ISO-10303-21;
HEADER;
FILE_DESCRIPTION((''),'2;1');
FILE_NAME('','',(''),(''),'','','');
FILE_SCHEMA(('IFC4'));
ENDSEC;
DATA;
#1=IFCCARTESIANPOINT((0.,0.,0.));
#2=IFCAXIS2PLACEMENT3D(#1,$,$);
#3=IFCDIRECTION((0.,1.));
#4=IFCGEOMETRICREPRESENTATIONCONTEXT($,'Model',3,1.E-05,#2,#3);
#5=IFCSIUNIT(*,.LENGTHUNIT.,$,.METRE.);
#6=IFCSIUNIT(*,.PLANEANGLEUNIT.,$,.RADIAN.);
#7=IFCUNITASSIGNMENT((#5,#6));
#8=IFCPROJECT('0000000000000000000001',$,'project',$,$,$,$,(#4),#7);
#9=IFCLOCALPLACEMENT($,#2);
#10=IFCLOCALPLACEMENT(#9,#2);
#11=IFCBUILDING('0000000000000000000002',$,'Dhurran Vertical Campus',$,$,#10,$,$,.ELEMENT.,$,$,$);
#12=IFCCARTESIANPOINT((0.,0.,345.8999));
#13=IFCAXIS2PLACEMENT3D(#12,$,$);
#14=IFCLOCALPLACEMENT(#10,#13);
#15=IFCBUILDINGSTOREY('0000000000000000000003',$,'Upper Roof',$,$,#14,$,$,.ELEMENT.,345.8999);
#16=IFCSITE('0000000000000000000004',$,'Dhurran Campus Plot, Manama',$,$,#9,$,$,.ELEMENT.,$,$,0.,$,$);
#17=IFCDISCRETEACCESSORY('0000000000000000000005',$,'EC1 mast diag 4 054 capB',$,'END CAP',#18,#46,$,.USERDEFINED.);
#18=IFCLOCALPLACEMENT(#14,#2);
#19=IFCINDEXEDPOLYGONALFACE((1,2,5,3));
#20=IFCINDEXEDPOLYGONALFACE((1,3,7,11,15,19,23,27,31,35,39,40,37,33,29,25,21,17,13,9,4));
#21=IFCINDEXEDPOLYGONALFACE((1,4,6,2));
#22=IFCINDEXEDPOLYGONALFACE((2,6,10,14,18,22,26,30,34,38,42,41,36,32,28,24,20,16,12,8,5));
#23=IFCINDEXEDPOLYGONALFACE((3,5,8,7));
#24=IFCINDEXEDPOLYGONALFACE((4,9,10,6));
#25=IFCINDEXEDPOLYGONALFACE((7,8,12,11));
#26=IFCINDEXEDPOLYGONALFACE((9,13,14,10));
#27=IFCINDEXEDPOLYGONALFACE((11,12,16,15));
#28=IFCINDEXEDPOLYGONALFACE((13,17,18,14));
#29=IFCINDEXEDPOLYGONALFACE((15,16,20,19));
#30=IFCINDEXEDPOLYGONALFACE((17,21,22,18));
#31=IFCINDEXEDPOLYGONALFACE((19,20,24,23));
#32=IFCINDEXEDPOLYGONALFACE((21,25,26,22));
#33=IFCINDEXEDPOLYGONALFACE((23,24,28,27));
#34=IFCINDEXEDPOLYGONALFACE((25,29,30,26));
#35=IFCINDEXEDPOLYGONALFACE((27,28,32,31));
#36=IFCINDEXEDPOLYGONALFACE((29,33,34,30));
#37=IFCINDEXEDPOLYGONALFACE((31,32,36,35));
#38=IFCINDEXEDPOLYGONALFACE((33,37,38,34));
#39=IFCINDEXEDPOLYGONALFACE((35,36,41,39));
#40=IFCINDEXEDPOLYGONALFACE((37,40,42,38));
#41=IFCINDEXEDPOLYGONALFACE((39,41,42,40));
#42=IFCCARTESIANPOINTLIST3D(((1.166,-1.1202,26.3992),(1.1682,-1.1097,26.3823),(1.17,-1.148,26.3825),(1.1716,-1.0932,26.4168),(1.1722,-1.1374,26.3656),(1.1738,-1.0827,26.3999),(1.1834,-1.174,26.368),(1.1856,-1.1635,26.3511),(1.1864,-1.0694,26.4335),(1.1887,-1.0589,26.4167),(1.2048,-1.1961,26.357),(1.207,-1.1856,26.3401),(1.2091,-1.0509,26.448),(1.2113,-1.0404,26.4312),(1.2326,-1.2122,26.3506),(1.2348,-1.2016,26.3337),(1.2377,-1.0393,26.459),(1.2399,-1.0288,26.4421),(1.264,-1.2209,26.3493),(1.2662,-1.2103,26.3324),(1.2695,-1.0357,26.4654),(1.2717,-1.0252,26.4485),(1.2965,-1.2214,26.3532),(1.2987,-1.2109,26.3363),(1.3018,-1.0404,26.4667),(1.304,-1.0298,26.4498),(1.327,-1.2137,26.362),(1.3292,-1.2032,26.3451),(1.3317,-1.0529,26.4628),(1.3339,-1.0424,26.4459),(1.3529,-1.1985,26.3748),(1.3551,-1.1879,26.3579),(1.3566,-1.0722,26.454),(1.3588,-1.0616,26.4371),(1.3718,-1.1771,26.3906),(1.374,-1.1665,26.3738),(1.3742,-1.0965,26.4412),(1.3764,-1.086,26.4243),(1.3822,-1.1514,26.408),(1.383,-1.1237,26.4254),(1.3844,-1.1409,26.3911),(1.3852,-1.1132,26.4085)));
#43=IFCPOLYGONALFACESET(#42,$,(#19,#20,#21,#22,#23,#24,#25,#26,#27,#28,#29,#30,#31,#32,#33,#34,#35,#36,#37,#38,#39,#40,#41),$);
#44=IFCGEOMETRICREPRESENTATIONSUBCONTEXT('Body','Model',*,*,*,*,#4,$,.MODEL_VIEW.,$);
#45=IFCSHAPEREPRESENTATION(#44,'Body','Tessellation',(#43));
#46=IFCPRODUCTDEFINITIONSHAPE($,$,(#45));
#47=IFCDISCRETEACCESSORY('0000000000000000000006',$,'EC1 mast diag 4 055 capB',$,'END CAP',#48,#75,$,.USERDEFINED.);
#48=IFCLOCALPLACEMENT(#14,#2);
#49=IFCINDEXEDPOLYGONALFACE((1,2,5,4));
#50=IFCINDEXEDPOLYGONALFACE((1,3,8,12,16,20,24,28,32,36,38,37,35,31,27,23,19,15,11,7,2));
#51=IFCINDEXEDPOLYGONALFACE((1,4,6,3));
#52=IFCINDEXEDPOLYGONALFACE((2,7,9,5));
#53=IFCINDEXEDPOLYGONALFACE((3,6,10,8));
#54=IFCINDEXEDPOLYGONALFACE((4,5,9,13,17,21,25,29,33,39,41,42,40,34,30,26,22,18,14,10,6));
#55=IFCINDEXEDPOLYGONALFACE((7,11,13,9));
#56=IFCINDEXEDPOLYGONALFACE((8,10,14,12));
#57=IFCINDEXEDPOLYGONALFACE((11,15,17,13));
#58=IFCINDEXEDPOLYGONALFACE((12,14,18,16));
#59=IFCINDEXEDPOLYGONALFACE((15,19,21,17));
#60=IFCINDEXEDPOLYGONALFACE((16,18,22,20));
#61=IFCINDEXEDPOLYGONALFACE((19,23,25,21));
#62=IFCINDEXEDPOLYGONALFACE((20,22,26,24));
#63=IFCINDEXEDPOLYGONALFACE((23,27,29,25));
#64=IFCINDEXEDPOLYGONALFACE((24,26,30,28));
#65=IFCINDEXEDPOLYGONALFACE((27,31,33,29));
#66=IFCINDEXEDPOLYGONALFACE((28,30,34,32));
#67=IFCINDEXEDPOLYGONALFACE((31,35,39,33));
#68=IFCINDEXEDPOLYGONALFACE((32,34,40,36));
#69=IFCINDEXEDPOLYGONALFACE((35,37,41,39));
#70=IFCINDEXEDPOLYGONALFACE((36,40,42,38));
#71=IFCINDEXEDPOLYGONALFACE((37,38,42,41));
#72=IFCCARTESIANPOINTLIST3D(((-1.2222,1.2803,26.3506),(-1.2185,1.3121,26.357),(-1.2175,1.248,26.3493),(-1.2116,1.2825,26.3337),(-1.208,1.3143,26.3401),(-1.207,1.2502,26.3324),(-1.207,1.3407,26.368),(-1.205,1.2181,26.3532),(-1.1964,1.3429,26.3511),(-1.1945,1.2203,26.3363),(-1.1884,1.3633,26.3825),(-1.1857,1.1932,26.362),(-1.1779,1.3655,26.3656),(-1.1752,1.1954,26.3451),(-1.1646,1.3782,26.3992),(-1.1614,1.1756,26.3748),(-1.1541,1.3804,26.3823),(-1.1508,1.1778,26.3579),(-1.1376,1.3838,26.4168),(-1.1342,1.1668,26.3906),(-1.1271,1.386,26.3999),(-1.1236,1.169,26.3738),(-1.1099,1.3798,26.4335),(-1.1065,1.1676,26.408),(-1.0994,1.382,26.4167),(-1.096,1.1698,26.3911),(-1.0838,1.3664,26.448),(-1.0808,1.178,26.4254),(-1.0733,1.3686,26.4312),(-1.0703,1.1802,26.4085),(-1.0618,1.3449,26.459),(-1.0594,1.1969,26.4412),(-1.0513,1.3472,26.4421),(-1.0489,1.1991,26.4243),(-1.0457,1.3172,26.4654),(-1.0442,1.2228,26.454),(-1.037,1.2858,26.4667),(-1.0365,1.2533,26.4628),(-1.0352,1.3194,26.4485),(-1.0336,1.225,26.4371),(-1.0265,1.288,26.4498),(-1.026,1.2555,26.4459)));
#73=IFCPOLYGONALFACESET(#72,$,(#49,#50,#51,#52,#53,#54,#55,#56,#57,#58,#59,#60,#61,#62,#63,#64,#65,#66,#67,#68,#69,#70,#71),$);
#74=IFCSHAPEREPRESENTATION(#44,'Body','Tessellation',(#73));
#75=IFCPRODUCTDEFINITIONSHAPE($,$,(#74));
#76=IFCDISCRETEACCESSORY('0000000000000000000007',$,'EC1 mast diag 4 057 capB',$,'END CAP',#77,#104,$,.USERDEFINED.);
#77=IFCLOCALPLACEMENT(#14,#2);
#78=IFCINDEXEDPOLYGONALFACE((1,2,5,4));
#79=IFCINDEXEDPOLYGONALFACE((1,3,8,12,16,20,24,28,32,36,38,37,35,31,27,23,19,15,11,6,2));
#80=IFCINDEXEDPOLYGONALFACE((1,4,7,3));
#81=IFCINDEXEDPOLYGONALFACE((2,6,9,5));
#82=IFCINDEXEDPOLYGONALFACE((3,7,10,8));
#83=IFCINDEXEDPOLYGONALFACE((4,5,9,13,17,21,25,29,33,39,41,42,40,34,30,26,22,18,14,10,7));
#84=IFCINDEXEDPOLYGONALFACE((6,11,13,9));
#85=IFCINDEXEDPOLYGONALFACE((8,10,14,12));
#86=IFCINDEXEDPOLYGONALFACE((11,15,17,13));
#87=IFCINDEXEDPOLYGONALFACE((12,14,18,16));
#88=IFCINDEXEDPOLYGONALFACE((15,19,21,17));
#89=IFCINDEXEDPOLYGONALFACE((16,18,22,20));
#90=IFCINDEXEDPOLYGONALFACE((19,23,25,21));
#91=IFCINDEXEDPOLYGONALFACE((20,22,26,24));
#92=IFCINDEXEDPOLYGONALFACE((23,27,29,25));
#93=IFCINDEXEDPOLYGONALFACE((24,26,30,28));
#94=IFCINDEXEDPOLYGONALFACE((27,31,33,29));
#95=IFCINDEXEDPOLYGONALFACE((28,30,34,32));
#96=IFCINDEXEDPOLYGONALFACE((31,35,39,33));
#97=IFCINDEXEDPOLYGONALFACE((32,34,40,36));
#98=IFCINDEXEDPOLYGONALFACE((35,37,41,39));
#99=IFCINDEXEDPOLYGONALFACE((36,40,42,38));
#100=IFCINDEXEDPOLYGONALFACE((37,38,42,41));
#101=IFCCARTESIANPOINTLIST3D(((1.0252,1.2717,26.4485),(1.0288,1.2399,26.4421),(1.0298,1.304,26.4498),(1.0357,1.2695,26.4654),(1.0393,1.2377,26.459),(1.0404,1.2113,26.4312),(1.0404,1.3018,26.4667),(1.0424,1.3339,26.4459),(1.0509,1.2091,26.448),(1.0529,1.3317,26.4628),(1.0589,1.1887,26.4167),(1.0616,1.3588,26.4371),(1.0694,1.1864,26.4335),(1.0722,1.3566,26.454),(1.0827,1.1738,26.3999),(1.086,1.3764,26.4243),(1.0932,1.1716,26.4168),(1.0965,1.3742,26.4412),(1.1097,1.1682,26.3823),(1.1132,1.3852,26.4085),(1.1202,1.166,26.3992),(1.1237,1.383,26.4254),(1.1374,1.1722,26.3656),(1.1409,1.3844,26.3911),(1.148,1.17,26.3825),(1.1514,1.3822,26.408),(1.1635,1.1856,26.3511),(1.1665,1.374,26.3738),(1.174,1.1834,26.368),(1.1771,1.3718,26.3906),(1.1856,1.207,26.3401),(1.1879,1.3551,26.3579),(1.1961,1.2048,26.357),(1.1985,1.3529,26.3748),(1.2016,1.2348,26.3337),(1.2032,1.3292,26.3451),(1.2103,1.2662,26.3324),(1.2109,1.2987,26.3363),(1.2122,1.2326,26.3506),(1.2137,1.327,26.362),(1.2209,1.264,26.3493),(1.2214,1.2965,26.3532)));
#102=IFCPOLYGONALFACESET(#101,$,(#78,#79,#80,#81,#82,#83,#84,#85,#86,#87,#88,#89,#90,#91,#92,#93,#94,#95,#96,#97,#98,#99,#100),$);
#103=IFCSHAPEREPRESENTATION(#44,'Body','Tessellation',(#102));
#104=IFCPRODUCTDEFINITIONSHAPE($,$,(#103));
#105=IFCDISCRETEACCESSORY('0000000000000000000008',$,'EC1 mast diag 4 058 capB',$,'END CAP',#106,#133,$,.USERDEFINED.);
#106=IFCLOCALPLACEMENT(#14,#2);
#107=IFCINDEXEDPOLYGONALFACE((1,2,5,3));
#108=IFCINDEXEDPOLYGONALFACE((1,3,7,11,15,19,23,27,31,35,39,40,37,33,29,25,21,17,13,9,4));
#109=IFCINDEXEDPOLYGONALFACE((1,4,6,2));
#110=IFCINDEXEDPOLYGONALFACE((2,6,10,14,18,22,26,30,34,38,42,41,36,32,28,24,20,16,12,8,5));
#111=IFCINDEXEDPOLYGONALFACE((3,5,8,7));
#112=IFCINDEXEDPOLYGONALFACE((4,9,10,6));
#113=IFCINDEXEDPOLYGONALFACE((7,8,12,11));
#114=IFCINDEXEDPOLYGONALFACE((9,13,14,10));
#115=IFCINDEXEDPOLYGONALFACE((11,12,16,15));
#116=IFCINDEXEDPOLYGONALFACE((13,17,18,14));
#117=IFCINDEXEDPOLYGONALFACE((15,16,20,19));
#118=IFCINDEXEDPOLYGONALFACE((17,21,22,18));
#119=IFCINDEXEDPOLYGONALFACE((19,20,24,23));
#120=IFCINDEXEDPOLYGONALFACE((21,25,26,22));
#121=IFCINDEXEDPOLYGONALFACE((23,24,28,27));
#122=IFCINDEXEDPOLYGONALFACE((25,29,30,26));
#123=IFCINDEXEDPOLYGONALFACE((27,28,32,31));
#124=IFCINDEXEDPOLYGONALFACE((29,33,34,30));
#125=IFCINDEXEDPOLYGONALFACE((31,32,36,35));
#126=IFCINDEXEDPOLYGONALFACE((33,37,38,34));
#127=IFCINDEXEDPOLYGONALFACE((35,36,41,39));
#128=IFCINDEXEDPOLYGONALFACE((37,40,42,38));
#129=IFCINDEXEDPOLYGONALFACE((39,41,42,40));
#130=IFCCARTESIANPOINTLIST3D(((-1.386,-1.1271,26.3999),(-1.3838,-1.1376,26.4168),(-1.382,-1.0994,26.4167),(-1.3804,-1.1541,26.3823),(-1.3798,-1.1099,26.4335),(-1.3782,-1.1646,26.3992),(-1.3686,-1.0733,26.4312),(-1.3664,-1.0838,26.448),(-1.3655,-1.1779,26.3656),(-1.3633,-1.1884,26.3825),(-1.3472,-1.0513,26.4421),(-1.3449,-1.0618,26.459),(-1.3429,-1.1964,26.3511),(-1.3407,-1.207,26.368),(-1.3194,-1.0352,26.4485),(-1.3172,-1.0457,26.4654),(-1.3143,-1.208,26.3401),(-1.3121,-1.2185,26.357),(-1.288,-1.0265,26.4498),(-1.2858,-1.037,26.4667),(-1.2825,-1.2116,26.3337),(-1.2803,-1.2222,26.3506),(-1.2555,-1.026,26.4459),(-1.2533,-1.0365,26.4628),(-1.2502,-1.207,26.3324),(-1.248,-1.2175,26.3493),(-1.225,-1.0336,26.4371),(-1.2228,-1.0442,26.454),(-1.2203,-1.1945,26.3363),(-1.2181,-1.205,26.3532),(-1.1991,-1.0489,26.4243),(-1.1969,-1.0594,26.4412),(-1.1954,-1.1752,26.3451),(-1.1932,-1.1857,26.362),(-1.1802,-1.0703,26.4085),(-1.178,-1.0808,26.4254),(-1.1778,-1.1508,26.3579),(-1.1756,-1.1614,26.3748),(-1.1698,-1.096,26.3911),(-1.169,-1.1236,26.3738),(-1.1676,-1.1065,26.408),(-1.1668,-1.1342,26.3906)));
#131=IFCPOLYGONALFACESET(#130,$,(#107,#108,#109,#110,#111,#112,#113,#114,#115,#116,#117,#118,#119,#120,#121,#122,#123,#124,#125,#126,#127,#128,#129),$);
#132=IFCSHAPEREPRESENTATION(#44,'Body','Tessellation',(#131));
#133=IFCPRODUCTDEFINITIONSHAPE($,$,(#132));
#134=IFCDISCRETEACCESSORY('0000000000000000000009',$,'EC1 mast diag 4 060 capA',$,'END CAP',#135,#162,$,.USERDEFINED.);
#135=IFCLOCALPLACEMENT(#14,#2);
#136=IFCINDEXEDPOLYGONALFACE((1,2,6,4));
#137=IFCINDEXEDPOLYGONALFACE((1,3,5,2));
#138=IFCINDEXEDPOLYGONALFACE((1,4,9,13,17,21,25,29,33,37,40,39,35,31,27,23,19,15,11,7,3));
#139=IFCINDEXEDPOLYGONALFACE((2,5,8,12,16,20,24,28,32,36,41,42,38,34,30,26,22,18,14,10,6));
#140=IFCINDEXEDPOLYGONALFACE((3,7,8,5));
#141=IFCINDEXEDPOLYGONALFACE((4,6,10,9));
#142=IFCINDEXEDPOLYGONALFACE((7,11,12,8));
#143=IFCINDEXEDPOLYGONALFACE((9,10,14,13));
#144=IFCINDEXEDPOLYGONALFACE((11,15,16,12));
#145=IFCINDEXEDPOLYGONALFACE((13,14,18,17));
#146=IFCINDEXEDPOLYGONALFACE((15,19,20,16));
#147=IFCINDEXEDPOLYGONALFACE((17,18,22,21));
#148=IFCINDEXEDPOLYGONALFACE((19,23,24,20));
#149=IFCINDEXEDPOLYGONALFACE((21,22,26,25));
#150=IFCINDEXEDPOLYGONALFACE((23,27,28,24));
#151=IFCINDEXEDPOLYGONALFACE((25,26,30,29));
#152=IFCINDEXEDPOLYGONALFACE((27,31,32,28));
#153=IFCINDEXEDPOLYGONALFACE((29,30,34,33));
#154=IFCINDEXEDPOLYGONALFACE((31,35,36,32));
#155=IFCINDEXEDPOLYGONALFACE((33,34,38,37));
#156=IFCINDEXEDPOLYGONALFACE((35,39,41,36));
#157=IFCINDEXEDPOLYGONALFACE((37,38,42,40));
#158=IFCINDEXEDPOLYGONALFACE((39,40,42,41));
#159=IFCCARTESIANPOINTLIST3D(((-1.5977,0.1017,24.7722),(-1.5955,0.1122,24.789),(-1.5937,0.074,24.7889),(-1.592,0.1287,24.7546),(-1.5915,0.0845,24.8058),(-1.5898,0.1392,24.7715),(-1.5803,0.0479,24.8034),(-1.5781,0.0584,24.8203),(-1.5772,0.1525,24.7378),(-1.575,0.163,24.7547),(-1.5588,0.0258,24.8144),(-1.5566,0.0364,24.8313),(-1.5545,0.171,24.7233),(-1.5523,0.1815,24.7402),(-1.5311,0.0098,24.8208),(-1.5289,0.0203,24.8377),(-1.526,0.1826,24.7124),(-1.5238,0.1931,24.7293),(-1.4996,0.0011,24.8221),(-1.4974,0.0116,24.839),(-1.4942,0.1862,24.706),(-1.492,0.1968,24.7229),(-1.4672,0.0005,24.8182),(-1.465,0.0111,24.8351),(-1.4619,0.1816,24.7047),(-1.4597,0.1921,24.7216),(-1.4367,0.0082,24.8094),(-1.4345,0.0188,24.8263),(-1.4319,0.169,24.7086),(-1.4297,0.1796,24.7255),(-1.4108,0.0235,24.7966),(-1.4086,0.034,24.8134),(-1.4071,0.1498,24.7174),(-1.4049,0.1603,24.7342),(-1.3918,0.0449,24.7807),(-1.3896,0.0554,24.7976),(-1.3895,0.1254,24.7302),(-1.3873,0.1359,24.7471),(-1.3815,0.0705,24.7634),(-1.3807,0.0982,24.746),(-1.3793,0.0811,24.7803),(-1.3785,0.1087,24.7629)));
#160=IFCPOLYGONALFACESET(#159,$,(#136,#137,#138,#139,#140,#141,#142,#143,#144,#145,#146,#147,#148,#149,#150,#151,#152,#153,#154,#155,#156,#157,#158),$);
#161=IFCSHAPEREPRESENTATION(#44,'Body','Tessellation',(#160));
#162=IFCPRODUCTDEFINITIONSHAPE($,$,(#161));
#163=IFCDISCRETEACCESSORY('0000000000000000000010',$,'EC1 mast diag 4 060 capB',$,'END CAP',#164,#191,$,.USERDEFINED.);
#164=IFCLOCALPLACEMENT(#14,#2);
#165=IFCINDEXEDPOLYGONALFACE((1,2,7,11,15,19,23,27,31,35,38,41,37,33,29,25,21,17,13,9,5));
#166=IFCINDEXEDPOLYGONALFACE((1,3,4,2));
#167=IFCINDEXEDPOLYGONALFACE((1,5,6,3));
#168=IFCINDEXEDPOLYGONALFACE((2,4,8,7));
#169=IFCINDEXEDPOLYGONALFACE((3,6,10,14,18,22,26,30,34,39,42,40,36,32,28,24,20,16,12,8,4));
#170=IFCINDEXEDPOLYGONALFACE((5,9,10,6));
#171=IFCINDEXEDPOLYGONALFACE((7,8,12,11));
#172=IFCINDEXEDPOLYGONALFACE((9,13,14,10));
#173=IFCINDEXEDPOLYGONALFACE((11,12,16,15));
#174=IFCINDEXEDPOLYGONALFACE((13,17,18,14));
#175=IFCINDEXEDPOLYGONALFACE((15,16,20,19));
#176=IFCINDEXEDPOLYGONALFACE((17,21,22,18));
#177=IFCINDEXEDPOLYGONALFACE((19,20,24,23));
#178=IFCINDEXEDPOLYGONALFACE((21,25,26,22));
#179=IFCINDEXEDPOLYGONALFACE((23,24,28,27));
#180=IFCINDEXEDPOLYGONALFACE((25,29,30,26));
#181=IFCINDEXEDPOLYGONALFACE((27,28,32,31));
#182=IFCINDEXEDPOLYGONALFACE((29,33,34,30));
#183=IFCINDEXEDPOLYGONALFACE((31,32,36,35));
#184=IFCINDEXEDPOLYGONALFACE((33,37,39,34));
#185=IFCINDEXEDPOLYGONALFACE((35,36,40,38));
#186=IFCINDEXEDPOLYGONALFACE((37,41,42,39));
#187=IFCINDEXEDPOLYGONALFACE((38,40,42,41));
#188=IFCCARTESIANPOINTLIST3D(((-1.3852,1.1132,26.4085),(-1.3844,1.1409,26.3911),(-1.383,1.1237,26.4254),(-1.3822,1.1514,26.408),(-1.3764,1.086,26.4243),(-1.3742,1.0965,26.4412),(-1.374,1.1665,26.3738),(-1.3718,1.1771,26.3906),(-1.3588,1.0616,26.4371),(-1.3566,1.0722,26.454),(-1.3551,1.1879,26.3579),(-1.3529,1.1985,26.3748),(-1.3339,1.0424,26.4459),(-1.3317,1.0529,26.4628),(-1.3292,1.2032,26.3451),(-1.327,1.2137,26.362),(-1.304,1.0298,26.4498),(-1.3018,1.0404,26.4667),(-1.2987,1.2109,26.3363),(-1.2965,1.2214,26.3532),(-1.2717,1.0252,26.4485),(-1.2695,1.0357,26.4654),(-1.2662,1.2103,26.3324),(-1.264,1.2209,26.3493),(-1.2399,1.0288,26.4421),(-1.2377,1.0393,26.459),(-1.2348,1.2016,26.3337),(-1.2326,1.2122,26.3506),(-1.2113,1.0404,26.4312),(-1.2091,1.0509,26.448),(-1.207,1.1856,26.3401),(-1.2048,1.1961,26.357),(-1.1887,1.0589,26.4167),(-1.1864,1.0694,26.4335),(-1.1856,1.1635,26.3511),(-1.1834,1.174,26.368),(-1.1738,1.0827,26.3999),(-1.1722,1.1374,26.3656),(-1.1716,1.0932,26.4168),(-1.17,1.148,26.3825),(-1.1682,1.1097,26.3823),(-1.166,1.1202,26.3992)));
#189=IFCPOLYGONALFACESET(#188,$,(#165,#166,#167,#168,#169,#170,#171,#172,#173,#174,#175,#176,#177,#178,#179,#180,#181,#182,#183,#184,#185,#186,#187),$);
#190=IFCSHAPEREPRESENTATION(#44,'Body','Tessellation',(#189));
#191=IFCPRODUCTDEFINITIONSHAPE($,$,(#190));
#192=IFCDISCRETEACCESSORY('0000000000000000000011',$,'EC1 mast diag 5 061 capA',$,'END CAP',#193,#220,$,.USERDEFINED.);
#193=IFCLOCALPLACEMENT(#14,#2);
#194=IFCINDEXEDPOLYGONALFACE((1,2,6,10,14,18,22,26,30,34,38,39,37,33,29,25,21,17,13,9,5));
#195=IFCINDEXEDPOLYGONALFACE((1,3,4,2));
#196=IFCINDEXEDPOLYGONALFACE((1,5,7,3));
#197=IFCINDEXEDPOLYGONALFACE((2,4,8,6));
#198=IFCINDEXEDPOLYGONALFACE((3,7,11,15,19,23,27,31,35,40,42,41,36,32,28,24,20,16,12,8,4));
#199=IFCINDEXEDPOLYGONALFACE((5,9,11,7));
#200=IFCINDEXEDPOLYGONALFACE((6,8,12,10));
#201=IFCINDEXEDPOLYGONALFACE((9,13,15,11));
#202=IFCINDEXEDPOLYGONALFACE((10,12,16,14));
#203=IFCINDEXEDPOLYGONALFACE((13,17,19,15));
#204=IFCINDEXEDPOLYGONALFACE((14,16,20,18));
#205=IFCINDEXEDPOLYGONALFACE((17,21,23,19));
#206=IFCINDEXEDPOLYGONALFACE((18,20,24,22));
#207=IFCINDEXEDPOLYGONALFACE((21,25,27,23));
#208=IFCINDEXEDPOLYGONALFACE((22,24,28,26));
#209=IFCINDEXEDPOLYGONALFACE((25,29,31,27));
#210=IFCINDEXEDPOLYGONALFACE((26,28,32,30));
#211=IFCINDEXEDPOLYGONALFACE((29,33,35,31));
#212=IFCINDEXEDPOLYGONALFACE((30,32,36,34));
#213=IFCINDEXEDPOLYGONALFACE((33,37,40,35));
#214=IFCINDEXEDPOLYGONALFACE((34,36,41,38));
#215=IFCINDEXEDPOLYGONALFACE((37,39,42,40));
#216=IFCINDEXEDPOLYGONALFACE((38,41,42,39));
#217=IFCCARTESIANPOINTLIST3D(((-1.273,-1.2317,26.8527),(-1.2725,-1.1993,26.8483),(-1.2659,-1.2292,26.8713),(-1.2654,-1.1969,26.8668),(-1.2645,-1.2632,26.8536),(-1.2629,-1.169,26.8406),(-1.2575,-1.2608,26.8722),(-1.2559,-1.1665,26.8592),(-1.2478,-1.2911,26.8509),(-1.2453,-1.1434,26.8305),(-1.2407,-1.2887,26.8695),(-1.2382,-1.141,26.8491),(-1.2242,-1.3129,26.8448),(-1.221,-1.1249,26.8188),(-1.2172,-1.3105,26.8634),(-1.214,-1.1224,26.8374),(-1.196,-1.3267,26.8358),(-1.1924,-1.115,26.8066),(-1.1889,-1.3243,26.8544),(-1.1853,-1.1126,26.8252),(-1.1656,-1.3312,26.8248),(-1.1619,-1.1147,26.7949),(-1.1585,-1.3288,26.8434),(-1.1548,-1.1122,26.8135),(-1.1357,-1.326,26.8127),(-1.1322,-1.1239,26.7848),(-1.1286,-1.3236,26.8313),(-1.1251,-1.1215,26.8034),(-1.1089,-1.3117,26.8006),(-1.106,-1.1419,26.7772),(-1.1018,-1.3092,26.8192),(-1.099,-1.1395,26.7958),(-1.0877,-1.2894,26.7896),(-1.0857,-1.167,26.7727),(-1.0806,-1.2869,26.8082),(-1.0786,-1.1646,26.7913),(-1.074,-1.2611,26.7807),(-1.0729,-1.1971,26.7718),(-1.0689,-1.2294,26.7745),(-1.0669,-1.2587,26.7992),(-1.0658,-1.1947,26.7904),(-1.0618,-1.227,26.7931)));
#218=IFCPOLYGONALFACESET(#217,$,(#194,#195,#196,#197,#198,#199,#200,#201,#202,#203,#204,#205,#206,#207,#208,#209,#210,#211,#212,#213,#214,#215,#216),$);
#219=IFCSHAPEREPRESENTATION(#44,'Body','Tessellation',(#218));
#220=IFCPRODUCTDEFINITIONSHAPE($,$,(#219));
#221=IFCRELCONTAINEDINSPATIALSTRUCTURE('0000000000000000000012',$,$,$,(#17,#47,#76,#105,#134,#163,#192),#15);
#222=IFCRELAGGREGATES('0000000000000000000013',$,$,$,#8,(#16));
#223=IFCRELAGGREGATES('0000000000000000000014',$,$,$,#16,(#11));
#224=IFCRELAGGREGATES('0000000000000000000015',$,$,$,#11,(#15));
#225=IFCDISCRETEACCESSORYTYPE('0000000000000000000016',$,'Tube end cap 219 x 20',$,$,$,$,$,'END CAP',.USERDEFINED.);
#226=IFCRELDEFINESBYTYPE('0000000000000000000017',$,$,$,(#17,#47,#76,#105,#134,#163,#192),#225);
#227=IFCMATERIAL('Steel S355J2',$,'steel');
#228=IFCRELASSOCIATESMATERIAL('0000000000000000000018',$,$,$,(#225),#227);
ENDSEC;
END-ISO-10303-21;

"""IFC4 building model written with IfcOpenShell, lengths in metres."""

from ifc_helpers import new_model, si_unit, direction, frame, origin, origin_2d, place, context, subcontext, project, spatial, circle, extrude, material, material_profile, profile_set, type_object, element, save


model = new_model("IFC4")

# Units and contexts
model_context = context("Model", 3, precision=1e-05, world=origin(), true_north=direction((0.0, 1.0)))
body_context = subcontext(model_context, "Body", "Model", "MODEL_VIEW")
ifc_project = project(units=[si_unit("LENGTHUNIT", "METRE"), si_unit("PLANEANGLEUNIT", "RADIAN")], contexts=[model_context])

# Site, building, storey
site_placement = place(None, origin())
site = spatial("IfcSite", under=ifc_project, at=site_placement, Name="Dhurran Campus Plot, Manama", CompositionType="ELEMENT", RefElevation=0.0)
building_placement = place(site_placement, origin())
building = spatial("IfcBuilding", under=site, at=building_placement, Name="Dhurran Vertical Campus", CompositionType="ELEMENT")
storey_placement = place(building_placement, frame((0.0, 0.0, 345.8999)))
storey = spatial("IfcBuildingStorey", under=building, at=storey_placement, Name="Upper Roof", CompositionType="ELEMENT", Elevation=345.8999)

# Discrete accessories
ifc_material_1 = material(Name="Steel S355J2", Category="steel")
ifc_material_profile_1 = material_profile(ifc_material_1, circle(Radius=0.1096, at=origin_2d()), Name="Tube end cap 219 x 20")
ifc_profile_set_1 = profile_set([ifc_material_profile_1], Name="Steel S355J2")
discrete_accessory_type = type_object("IfcDiscreteAccessoryType", Name="Tube end cap 219 x 20", ElementType="END CAP", PredefinedType="USERDEFINED", material=ifc_profile_set_1)
for number, where, z_axis, x_axis, name in (
    (1, (1.2771, -1.1184, 26.3911), (-0.110026, -0.525682, 0.843536), (0.978791, -0.204863, 0.0), "EC1 mast diag 4 054 capB"),
    (2, (-1.1184, 1.2771, 26.3911), (-0.525682, -0.110026, 0.843536), (0.204863, -0.978791, 0.0), "EC1 mast diag 4 055 capB"),
    (3, (1.1184, 1.2771, 26.3911), (0.525682, -0.110026, 0.843536), (0.204863, 0.978791, 0.0), "EC1 mast diag 4 057 capB"),
    (4, (-1.2771, -1.1184, 26.3911), (0.110026, -0.525682, 0.843536), (0.978791, 0.204863, 0.0), "EC1 mast diag 4 058 capB"),
    (5, (-1.4866, 0.1035, 24.7803), (-0.110026, -0.525682, -0.843536), (0.978791, -0.204863, 0.0), "EC1 mast diag 4 060 capA"),
    (6, (-1.2771, 1.1184, 26.3911), (0.110026, 0.525682, 0.843536), (-0.978791, 0.204863, 0.0), "EC1 mast diag 4 060 capB"),
    (7, (-1.1643, -1.22, 26.8313), (-0.353843, -0.122015, -0.927312), (0.325991, -0.945373, 0.0), "EC1 mast diag 5 061 capA"),
):
    element("IfcDiscreteAccessory", number, at=place(storey_placement, frame(where, z_axis=z_axis, x_axis=x_axis)), inside=storey, type_object=discrete_accessory_type, Name=name, ObjectType="END CAP", PredefinedType="USERDEFINED", context=body_context, shape_type="SweptSolid", body=[
        extrude(circle(Radius=0.1096, at=origin_2d()), origin(), (0.0, 0.0, 1.0), 0.02),
    ])

save(model, "model.ifc")
